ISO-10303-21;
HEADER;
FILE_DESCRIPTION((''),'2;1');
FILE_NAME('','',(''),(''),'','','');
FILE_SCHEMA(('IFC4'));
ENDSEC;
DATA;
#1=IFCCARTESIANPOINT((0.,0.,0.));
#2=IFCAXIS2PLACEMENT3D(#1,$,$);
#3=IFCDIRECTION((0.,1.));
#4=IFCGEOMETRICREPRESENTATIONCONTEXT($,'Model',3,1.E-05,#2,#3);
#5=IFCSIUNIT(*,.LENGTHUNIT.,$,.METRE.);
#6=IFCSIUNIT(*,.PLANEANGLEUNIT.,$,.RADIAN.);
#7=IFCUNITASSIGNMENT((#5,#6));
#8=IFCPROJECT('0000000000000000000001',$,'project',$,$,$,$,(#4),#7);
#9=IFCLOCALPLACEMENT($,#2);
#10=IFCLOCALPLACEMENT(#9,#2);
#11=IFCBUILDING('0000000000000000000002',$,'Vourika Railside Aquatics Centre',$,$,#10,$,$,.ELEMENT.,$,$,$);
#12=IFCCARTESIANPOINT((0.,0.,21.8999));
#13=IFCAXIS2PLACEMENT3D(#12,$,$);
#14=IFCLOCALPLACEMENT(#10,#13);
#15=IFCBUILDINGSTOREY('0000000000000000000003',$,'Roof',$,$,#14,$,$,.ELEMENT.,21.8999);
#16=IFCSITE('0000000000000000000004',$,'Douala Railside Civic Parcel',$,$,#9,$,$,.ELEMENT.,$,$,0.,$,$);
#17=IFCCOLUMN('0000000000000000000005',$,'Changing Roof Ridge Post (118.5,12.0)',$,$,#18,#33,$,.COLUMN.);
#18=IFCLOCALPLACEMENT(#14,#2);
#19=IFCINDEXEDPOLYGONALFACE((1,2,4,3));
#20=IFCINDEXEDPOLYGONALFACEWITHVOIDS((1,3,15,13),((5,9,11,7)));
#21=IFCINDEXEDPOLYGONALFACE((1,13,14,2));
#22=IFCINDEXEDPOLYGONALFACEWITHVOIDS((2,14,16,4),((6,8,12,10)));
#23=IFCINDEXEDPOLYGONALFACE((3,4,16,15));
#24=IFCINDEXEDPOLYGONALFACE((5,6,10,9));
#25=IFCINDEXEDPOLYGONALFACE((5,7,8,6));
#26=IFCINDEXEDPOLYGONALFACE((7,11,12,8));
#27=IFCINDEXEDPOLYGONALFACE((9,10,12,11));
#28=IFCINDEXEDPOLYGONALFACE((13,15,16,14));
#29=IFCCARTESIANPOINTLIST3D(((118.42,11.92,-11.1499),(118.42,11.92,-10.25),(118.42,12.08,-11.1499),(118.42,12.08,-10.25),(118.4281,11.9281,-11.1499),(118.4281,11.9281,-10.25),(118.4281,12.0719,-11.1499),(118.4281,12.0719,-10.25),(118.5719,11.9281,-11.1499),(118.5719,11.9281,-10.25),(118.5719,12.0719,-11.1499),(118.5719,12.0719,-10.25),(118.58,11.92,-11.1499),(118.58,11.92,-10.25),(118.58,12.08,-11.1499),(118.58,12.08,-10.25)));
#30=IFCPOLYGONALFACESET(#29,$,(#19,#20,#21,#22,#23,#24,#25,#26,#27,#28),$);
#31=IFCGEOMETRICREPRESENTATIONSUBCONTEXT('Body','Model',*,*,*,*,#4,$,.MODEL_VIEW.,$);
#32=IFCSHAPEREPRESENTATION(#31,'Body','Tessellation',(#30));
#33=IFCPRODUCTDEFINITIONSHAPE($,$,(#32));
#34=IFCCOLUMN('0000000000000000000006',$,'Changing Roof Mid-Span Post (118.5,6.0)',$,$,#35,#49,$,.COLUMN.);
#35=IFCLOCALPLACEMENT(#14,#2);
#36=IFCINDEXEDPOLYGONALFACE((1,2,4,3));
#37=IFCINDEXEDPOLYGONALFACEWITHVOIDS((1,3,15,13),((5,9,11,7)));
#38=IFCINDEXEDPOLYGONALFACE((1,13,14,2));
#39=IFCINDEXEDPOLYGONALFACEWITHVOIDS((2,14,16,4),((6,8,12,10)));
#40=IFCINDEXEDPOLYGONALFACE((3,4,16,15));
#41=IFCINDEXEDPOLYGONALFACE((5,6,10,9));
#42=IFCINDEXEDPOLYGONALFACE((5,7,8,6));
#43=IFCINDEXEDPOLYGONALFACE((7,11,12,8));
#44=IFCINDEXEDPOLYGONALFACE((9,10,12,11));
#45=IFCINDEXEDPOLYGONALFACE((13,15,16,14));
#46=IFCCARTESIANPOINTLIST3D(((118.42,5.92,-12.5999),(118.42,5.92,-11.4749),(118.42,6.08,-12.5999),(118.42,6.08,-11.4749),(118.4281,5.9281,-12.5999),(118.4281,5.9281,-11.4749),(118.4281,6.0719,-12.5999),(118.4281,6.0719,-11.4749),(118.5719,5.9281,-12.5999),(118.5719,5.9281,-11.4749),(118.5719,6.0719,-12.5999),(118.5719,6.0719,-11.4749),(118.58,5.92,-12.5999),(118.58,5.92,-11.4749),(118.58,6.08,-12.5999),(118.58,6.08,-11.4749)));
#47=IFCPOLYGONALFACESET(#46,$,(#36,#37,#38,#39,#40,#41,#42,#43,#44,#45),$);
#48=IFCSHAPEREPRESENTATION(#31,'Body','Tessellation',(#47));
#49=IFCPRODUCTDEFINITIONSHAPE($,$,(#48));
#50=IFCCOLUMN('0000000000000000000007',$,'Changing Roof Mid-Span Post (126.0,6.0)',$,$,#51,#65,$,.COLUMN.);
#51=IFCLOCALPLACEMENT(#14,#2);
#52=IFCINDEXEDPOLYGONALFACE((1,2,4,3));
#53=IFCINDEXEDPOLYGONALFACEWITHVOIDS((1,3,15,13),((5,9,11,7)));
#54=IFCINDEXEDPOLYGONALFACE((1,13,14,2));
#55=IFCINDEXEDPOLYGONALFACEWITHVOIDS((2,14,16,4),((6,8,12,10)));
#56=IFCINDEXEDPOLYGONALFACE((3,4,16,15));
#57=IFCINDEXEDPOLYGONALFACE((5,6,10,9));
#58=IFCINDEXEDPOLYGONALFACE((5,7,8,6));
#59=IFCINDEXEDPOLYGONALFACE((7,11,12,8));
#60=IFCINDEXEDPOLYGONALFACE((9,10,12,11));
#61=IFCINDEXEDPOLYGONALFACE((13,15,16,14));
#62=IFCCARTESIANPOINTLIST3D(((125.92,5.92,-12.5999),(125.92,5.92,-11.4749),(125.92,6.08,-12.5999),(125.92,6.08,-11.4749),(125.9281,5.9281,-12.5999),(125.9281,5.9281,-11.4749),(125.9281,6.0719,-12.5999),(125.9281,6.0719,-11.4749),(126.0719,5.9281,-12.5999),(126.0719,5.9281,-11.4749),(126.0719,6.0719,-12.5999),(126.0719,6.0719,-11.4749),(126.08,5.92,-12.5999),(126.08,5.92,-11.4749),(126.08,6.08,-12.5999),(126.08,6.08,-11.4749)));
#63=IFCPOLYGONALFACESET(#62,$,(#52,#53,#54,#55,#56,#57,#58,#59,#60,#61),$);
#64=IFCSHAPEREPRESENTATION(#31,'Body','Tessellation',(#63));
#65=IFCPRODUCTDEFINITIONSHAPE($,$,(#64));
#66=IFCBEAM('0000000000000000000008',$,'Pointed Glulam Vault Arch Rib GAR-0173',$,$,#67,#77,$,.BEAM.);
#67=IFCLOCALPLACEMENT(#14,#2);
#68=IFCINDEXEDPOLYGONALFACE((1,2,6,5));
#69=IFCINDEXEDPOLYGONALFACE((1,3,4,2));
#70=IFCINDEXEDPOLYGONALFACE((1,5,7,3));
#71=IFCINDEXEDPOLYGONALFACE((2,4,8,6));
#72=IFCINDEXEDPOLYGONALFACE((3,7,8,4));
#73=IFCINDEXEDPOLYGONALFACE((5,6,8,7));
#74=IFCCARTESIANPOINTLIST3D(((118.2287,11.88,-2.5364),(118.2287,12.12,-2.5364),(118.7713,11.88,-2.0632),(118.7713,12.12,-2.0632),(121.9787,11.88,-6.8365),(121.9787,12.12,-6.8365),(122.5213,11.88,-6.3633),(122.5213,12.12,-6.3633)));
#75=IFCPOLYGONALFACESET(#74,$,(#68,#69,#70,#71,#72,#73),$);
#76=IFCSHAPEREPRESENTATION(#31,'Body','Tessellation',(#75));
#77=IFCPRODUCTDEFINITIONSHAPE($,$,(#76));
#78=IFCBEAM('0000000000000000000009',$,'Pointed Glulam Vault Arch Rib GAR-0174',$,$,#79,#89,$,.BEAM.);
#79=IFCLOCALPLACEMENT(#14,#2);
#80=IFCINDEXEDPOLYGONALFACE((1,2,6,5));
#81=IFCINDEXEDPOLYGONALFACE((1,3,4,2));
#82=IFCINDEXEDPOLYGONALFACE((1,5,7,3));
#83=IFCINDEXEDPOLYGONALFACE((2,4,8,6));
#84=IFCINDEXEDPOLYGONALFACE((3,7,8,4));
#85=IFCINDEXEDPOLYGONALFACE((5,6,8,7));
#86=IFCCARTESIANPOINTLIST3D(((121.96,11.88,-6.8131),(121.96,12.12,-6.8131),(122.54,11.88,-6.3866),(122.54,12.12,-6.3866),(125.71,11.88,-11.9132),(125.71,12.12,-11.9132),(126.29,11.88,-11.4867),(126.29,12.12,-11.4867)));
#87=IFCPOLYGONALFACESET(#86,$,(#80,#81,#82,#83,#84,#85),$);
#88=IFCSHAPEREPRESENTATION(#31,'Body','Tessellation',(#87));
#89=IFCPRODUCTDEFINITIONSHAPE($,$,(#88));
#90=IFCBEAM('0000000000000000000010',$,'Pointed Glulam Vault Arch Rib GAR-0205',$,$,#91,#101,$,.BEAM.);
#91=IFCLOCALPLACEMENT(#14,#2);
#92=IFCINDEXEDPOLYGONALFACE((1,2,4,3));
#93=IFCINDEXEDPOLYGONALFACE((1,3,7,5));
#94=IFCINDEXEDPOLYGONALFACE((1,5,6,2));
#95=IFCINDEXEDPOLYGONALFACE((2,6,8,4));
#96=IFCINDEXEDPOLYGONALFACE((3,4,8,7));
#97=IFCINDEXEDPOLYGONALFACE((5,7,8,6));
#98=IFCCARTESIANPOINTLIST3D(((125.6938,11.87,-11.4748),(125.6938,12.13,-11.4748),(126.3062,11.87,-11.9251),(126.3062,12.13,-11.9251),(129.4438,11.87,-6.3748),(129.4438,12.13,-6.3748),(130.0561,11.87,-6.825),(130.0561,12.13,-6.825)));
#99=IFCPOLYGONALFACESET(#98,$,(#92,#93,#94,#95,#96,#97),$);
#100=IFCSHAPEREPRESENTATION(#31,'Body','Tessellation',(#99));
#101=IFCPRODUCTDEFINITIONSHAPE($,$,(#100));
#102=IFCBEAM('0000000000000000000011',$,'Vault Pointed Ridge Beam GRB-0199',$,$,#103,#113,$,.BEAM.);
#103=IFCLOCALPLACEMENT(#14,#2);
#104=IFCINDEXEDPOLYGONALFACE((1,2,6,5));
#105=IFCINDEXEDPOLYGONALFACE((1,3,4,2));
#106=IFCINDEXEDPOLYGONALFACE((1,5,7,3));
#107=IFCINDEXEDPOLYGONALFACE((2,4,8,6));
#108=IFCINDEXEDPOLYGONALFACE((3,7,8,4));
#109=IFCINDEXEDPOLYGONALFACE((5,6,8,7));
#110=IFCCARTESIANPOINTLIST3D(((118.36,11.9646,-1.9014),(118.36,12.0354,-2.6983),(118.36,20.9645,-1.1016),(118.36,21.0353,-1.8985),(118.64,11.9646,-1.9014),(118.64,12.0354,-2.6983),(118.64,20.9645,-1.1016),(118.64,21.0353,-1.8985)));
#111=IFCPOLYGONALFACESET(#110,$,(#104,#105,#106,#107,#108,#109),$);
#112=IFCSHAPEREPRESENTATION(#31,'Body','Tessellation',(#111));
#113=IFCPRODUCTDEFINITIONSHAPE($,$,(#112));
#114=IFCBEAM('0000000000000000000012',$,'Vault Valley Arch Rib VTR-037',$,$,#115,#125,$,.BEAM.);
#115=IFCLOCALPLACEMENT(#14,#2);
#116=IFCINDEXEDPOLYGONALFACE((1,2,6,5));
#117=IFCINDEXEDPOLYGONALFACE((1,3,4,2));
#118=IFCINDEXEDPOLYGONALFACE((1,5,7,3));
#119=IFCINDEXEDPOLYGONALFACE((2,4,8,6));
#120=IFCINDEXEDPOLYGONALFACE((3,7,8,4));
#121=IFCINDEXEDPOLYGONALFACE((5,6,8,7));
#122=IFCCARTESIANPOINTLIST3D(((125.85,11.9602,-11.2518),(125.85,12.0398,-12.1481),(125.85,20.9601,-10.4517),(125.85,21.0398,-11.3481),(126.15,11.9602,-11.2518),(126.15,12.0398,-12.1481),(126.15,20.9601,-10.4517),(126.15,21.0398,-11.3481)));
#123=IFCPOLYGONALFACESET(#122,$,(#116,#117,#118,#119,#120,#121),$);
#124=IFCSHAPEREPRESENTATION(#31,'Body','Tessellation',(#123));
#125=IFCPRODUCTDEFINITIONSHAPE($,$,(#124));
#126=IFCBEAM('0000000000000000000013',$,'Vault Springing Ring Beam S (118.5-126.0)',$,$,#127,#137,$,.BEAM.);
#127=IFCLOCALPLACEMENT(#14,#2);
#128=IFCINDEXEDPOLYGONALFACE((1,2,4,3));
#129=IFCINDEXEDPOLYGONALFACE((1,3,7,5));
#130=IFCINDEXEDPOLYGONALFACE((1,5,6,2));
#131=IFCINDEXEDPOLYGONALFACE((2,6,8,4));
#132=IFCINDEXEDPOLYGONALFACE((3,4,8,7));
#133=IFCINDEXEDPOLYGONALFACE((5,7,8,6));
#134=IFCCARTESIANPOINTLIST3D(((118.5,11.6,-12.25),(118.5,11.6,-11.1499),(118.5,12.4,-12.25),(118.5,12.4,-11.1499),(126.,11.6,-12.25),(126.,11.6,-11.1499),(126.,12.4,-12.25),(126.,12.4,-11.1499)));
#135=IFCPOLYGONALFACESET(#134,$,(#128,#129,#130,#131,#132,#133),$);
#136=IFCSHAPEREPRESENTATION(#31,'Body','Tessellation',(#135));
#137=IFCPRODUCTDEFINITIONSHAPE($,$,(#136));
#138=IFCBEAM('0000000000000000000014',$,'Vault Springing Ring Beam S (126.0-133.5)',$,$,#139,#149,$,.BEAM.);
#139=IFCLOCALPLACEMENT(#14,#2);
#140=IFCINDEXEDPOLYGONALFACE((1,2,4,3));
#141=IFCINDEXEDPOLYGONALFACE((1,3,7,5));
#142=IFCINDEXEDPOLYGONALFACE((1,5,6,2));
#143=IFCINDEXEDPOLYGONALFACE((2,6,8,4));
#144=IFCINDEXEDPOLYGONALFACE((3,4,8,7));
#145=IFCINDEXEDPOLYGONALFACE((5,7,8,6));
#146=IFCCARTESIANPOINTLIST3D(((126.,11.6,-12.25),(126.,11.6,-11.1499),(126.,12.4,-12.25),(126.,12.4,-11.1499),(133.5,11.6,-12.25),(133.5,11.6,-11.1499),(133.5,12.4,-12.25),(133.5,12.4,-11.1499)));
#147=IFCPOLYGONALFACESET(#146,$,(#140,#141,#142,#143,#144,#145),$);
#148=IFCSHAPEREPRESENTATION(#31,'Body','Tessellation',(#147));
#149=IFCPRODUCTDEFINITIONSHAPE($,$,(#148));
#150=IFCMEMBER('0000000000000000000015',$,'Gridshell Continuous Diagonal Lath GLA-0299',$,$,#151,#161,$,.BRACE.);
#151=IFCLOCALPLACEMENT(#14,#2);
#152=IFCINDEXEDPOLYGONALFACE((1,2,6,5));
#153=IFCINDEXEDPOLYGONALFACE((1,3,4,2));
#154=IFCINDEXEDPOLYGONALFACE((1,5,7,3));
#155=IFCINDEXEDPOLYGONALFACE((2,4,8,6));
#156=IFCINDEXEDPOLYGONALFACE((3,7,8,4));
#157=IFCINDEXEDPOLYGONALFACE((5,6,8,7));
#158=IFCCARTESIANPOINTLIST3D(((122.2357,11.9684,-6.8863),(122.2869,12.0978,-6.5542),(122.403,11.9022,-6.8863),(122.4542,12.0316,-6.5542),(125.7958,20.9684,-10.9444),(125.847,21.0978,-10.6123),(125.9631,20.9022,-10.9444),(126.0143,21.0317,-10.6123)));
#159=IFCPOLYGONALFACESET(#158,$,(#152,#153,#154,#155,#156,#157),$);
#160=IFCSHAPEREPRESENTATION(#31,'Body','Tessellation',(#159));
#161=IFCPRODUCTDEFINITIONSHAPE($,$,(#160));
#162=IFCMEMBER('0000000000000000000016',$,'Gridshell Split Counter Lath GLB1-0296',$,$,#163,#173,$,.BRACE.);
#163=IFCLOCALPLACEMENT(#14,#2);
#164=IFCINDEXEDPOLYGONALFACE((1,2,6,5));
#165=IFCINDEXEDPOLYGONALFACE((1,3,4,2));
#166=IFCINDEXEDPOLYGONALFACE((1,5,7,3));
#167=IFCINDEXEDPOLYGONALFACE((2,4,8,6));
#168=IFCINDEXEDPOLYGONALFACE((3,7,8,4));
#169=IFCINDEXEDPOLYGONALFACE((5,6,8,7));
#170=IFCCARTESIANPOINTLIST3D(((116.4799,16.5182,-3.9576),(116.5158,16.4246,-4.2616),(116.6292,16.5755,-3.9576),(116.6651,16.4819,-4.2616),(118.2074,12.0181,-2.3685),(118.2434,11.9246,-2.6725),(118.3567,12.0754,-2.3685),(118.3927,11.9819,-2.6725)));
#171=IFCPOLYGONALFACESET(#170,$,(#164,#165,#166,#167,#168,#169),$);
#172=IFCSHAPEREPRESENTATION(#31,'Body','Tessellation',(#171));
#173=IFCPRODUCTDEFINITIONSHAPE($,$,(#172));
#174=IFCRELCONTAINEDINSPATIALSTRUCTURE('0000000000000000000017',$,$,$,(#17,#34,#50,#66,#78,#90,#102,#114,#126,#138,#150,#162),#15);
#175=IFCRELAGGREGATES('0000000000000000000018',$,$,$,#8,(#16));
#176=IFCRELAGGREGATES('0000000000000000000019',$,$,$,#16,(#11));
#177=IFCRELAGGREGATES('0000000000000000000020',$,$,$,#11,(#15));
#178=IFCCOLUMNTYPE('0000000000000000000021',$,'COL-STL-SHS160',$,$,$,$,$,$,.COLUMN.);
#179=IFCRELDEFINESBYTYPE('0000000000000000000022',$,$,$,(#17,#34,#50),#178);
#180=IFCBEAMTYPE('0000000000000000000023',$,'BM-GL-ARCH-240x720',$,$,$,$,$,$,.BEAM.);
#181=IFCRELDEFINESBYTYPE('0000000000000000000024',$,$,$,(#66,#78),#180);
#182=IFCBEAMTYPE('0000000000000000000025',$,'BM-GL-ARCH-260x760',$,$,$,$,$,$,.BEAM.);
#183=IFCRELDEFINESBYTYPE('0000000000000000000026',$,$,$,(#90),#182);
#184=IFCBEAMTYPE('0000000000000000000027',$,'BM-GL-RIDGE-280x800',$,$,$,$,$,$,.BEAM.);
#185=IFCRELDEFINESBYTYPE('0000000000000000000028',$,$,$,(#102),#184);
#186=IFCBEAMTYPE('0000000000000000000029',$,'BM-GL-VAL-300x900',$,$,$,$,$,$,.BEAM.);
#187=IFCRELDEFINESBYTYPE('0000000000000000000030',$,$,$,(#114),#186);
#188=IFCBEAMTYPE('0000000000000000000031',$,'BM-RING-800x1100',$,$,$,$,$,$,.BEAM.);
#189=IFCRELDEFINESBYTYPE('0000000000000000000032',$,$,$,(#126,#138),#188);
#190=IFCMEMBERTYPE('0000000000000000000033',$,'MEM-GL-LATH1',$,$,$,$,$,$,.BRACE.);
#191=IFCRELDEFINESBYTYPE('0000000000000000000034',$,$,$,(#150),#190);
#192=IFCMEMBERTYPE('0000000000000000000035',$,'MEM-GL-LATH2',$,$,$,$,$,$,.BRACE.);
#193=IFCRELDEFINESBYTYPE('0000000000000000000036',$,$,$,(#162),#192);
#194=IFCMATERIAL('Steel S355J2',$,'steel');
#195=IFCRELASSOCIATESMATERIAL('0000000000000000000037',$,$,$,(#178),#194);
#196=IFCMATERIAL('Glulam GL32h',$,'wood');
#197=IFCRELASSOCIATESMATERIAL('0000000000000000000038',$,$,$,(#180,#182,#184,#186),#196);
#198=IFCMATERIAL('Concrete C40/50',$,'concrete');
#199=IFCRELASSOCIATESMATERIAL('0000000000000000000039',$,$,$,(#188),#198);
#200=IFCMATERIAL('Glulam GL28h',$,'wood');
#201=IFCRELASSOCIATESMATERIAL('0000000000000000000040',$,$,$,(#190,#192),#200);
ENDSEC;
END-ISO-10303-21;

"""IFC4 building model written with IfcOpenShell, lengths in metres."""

from ifc_helpers import new_model, si_unit, direction, frame, origin, origin_2d, place, context, subcontext, project, spatial, rectangle, hollow_rectangle, extrude, material, material_profile, profile_set, type_object, element, save


model = new_model("IFC4")

# Units and contexts
model_context = context("Model", 3, precision=1e-05, world=origin(), true_north=direction((0.0, 1.0)))
body_context = subcontext(model_context, "Body", "Model", "MODEL_VIEW")
ifc_project = project(units=[si_unit("LENGTHUNIT", "METRE"), si_unit("PLANEANGLEUNIT", "RADIAN")], contexts=[model_context])

# Site, building, storey
site_placement = place(None, origin())
site = spatial("IfcSite", under=ifc_project, at=site_placement, Name="Douala Railside Civic Parcel", CompositionType="ELEMENT", RefElevation=0.0)
building_placement = place(site_placement, origin())
building = spatial("IfcBuilding", under=site, at=building_placement, Name="Vourika Railside Aquatics Centre", CompositionType="ELEMENT")
storey_placement = place(building_placement, frame((0.0, 0.0, 21.8999)))
storey = spatial("IfcBuildingStorey", under=building, at=storey_placement, Name="Roof", CompositionType="ELEMENT", Elevation=21.8999)

# Columns
ifc_material_1 = material(Name="Steel S355J2", Category="steel")
ifc_material_profile_1 = material_profile(ifc_material_1, hollow_rectangle(XDim=0.1599, YDim=0.1599, WallThickness=0.0081, at=origin_2d()), Name="SHS 160x160x8")
ifc_profile_set_1 = profile_set([ifc_material_profile_1], Name="Steel S355J2")
column_type = type_object("IfcColumnType", Name="COL-STL-SHS160", PredefinedType="COLUMN", material=ifc_profile_set_1)
column_placement = place(storey_placement, frame((118.5, 12.0, -11.1499), z_axis=(0.0, 0.0, 1.0), x_axis=(1.0, 0.0, 0.0)))
element("IfcColumn", 1, at=column_placement, inside=storey, type_object=column_type, Name="Changing Roof Ridge Post (118.5,12.0)", PredefinedType="COLUMN", context=body_context, shape_type="SweptSolid", body=[
    extrude(hollow_rectangle(XDim=0.1599, YDim=0.1599, WallThickness=0.0081, at=origin_2d()), origin(), (0.0, 0.0, 1.0), 0.8999),
])
for number, where, z_axis, x_axis, name in (
    (2, (118.5, 6.0, -12.5999), (0.0, 0.0, 1.0), (1.0, 0.0, 0.0), "Changing Roof Mid-Span Post (118.5,6.0)"),
    (3, (126.0, 6.0, -12.5999), (0.0, 0.0, 1.0), (1.0, 0.0, 0.0), "Changing Roof Mid-Span Post (126.0,6.0)"),
):
    element("IfcColumn", number, at=place(storey_placement, frame(where, z_axis=z_axis, x_axis=x_axis)), inside=storey, type_object=column_type, Name=name, PredefinedType="COLUMN", context=body_context, shape_type="SweptSolid", body=[
        extrude(hollow_rectangle(XDim=0.1599, YDim=0.1599, WallThickness=0.0081, at=origin_2d()), origin(), (0.0, 0.0, 1.0), 1.125),
    ])

# Beams
ifc_material_2 = material(Name="Glulam GL32h", Category="wood")
ifc_material_profile_2 = material_profile(ifc_material_2, rectangle(XDim=0.24, YDim=0.72, at=origin_2d()), Name="GL32h 240x720")
ifc_profile_set_2 = profile_set([ifc_material_profile_2], Name="Glulam GL32h")
beam_type_1 = type_object("IfcBeamType", Name="BM-GL-ARCH-240x720", PredefinedType="BEAM", material=ifc_profile_set_2)
beam_1_placement = place(storey_placement, frame((118.5, 12.0, -2.2998), z_axis=(0.657259, 0.0, -0.753665), x_axis=(0.0, 1.0, 0.0)))
element("IfcBeam", 4, at=beam_1_placement, inside=storey, type_object=beam_type_1, Name="Pointed Glulam Vault Arch Rib GAR-0173", PredefinedType="BEAM", context=body_context, shape_type="SweptSolid", body=[
    extrude(rectangle(XDim=0.24, YDim=0.72, at=origin_2d()), origin(), (0.0, 0.0, 1.0), 5.7056),
])
beam_2_placement = place(storey_placement, frame((122.25, 12.0, -6.5999), z_axis=(0.592383, 0.0, -0.805656), x_axis=(0.0, 1.0, 0.0)))
element("IfcBeam", 5, at=beam_2_placement, inside=storey, type_object=beam_type_1, Name="Pointed Glulam Vault Arch Rib GAR-0174", PredefinedType="BEAM", context=body_context, shape_type="SweptSolid", body=[
    extrude(rectangle(XDim=0.24, YDim=0.72, at=origin_2d()), origin(), (0.0, 0.0, 1.0), 6.3303),
])
ifc_material_profile_3 = material_profile(ifc_material_2, rectangle(XDim=0.26, YDim=0.76, at=origin_2d()), Name="GL32h 260x760")
ifc_profile_set_3 = profile_set([ifc_material_profile_3], Name="Glulam GL32h")
beam_type_2 = type_object("IfcBeamType", Name="BM-GL-ARCH-260x760", PredefinedType="BEAM", material=ifc_profile_set_3)
beam_3_placement = place(storey_placement, frame((126.0, 12.0, -11.7), z_axis=(0.592383, 0.0, 0.805656), x_axis=(0.0, 1.0, 0.0)))
element("IfcBeam", 6, at=beam_3_placement, inside=storey, type_object=beam_type_2, Name="Pointed Glulam Vault Arch Rib GAR-0205", PredefinedType="BEAM", context=body_context, shape_type="SweptSolid", body=[
    extrude(rectangle(XDim=0.26, YDim=0.76, at=origin_2d()), origin(), (0.0, 0.0, 1.0), 6.3303),
])
ifc_material_profile_4 = material_profile(ifc_material_2, rectangle(XDim=0.28, YDim=0.8, at=origin_2d()), Name="GL32h 280x800")
ifc_profile_set_4 = profile_set([ifc_material_profile_4], Name="Glulam GL32h")
beam_type_3 = type_object("IfcBeamType", Name="BM-GL-RIDGE-280x800", PredefinedType="BEAM", material=ifc_profile_set_4)
beam_4_placement = place(storey_placement, frame((118.5, 12.0, -2.2998), z_axis=(0.0, 0.996075, 0.088518), x_axis=(-1.0, 0.0, 0.0)))
element("IfcBeam", 7, at=beam_4_placement, inside=storey, type_object=beam_type_3, Name="Vault Pointed Ridge Beam GRB-0199", PredefinedType="BEAM", context=body_context, shape_type="SweptSolid", body=[
    extrude(rectangle(XDim=0.28, YDim=0.8, at=origin_2d()), origin(), (0.0, 0.0, 1.0), 9.0354),
])
ifc_material_profile_5 = material_profile(ifc_material_2, rectangle(XDim=0.3, YDim=0.8999, at=origin_2d()), Name="GL32h 300x900")
ifc_profile_set_5 = profile_set([ifc_material_profile_5], Name="Glulam GL32h")
beam_type_4 = type_object("IfcBeamType", Name="BM-GL-VAL-300x900", PredefinedType="BEAM", material=ifc_profile_set_5)
beam_5_placement = place(storey_placement, frame((126.0, 12.0, -11.7), z_axis=(0.0, 0.996072, 0.088545), x_axis=(-1.0, 0.0, 0.0)))
element("IfcBeam", 8, at=beam_5_placement, inside=storey, type_object=beam_type_4, Name="Vault Valley Arch Rib VTR-037", PredefinedType="BEAM", context=body_context, shape_type="SweptSolid", body=[
    extrude(rectangle(XDim=0.3, YDim=0.8999, at=origin_2d()), origin(), (0.0, 0.0, 1.0), 9.0354),
])
ifc_material_3 = material(Name="Concrete C40/50", Category="concrete")
ifc_material_profile_6 = material_profile(ifc_material_3, rectangle(XDim=0.8, YDim=1.1001, at=origin_2d()), Name="RC 800x1100")
ifc_profile_set_6 = profile_set([ifc_material_profile_6], Name="Concrete C40/50")
beam_type_5 = type_object("IfcBeamType", Name="BM-RING-800x1100", PredefinedType="BEAM", material=ifc_profile_set_6)
for number, where, z_axis, x_axis, name in (
    (9, (118.5, 12.0, -11.7), (1.0, 0.0, 0.0), (0.0, 1.0, 0.0), "Vault Springing Ring Beam S (118.5-126.0)"),
    (10, (126.0, 12.0, -11.7), (1.0, 0.0, 0.0), (0.0, 1.0, 0.0), "Vault Springing Ring Beam S (126.0-133.5)"),
):
    element("IfcBeam", number, at=place(storey_placement, frame(where, z_axis=z_axis, x_axis=x_axis)), inside=storey, type_object=beam_type_5, Name=name, PredefinedType="BEAM", context=body_context, shape_type="SweptSolid", body=[
        extrude(rectangle(XDim=0.8, YDim=1.1001, at=origin_2d()), origin(), (0.0, 0.0, 1.0), 7.5),
    ])

# Members
ifc_material_4 = material(Name="Glulam GL28h", Category="wood")
ifc_material_profile_7 = material_profile(ifc_material_4, rectangle(XDim=0.1799, YDim=0.3601, at=origin_2d()), Name="GL28h 180x360")
ifc_profile_set_7 = profile_set([ifc_material_profile_7], Name="Glulam GL28h")
member_type_1 = type_object("IfcMemberType", Name="MEM-GL-LATH1", PredefinedType="BRACE", material=ifc_profile_set_7)
member_1_placement = place(storey_placement, frame((122.345, 12.0, -6.7202), z_axis=(0.339219, 0.857562, -0.386675), x_axis=(-0.929893, 0.36783, 0.0)))
element("IfcMember", 11, at=member_1_placement, inside=storey, type_object=member_type_1, Name="Gridshell Continuous Diagonal Lath GLA-0299", PredefinedType="BRACE", context=body_context, shape_type="SweptSolid", body=[
    extrude(rectangle(XDim=0.1799, YDim=0.3601, at=origin_2d()), origin(), (0.0, 0.0, 1.0), 10.4949),
])
ifc_material_profile_8 = material_profile(ifc_material_4, rectangle(XDim=0.1599, YDim=0.3201, at=origin_2d()), Name="GL28h 160x320")
ifc_profile_set_8 = profile_set([ifc_material_profile_8], Name="Glulam GL28h")
member_type_2 = type_object("IfcMemberType", Name="MEM-GL-LATH2", PredefinedType="BRACE", material=ifc_profile_set_8)
member_2_placement = place(storey_placement, frame((118.3, 12.0, -2.5205), z_axis=(-0.340375, 0.88663, -0.313101), x_axis=(-0.93357, -0.358395, 0.0)))
element("IfcMember", 12, at=member_2_placement, inside=storey, type_object=member_type_2, Name="Gridshell Split Counter Lath GLB1-0296", PredefinedType="BRACE", context=body_context, shape_type="SweptSolid", body=[
    extrude(rectangle(XDim=0.1599, YDim=0.3201, at=origin_2d()), origin(), (0.0, 0.0, 1.0), 5.0754),
])

save(model, "model.ifc")
